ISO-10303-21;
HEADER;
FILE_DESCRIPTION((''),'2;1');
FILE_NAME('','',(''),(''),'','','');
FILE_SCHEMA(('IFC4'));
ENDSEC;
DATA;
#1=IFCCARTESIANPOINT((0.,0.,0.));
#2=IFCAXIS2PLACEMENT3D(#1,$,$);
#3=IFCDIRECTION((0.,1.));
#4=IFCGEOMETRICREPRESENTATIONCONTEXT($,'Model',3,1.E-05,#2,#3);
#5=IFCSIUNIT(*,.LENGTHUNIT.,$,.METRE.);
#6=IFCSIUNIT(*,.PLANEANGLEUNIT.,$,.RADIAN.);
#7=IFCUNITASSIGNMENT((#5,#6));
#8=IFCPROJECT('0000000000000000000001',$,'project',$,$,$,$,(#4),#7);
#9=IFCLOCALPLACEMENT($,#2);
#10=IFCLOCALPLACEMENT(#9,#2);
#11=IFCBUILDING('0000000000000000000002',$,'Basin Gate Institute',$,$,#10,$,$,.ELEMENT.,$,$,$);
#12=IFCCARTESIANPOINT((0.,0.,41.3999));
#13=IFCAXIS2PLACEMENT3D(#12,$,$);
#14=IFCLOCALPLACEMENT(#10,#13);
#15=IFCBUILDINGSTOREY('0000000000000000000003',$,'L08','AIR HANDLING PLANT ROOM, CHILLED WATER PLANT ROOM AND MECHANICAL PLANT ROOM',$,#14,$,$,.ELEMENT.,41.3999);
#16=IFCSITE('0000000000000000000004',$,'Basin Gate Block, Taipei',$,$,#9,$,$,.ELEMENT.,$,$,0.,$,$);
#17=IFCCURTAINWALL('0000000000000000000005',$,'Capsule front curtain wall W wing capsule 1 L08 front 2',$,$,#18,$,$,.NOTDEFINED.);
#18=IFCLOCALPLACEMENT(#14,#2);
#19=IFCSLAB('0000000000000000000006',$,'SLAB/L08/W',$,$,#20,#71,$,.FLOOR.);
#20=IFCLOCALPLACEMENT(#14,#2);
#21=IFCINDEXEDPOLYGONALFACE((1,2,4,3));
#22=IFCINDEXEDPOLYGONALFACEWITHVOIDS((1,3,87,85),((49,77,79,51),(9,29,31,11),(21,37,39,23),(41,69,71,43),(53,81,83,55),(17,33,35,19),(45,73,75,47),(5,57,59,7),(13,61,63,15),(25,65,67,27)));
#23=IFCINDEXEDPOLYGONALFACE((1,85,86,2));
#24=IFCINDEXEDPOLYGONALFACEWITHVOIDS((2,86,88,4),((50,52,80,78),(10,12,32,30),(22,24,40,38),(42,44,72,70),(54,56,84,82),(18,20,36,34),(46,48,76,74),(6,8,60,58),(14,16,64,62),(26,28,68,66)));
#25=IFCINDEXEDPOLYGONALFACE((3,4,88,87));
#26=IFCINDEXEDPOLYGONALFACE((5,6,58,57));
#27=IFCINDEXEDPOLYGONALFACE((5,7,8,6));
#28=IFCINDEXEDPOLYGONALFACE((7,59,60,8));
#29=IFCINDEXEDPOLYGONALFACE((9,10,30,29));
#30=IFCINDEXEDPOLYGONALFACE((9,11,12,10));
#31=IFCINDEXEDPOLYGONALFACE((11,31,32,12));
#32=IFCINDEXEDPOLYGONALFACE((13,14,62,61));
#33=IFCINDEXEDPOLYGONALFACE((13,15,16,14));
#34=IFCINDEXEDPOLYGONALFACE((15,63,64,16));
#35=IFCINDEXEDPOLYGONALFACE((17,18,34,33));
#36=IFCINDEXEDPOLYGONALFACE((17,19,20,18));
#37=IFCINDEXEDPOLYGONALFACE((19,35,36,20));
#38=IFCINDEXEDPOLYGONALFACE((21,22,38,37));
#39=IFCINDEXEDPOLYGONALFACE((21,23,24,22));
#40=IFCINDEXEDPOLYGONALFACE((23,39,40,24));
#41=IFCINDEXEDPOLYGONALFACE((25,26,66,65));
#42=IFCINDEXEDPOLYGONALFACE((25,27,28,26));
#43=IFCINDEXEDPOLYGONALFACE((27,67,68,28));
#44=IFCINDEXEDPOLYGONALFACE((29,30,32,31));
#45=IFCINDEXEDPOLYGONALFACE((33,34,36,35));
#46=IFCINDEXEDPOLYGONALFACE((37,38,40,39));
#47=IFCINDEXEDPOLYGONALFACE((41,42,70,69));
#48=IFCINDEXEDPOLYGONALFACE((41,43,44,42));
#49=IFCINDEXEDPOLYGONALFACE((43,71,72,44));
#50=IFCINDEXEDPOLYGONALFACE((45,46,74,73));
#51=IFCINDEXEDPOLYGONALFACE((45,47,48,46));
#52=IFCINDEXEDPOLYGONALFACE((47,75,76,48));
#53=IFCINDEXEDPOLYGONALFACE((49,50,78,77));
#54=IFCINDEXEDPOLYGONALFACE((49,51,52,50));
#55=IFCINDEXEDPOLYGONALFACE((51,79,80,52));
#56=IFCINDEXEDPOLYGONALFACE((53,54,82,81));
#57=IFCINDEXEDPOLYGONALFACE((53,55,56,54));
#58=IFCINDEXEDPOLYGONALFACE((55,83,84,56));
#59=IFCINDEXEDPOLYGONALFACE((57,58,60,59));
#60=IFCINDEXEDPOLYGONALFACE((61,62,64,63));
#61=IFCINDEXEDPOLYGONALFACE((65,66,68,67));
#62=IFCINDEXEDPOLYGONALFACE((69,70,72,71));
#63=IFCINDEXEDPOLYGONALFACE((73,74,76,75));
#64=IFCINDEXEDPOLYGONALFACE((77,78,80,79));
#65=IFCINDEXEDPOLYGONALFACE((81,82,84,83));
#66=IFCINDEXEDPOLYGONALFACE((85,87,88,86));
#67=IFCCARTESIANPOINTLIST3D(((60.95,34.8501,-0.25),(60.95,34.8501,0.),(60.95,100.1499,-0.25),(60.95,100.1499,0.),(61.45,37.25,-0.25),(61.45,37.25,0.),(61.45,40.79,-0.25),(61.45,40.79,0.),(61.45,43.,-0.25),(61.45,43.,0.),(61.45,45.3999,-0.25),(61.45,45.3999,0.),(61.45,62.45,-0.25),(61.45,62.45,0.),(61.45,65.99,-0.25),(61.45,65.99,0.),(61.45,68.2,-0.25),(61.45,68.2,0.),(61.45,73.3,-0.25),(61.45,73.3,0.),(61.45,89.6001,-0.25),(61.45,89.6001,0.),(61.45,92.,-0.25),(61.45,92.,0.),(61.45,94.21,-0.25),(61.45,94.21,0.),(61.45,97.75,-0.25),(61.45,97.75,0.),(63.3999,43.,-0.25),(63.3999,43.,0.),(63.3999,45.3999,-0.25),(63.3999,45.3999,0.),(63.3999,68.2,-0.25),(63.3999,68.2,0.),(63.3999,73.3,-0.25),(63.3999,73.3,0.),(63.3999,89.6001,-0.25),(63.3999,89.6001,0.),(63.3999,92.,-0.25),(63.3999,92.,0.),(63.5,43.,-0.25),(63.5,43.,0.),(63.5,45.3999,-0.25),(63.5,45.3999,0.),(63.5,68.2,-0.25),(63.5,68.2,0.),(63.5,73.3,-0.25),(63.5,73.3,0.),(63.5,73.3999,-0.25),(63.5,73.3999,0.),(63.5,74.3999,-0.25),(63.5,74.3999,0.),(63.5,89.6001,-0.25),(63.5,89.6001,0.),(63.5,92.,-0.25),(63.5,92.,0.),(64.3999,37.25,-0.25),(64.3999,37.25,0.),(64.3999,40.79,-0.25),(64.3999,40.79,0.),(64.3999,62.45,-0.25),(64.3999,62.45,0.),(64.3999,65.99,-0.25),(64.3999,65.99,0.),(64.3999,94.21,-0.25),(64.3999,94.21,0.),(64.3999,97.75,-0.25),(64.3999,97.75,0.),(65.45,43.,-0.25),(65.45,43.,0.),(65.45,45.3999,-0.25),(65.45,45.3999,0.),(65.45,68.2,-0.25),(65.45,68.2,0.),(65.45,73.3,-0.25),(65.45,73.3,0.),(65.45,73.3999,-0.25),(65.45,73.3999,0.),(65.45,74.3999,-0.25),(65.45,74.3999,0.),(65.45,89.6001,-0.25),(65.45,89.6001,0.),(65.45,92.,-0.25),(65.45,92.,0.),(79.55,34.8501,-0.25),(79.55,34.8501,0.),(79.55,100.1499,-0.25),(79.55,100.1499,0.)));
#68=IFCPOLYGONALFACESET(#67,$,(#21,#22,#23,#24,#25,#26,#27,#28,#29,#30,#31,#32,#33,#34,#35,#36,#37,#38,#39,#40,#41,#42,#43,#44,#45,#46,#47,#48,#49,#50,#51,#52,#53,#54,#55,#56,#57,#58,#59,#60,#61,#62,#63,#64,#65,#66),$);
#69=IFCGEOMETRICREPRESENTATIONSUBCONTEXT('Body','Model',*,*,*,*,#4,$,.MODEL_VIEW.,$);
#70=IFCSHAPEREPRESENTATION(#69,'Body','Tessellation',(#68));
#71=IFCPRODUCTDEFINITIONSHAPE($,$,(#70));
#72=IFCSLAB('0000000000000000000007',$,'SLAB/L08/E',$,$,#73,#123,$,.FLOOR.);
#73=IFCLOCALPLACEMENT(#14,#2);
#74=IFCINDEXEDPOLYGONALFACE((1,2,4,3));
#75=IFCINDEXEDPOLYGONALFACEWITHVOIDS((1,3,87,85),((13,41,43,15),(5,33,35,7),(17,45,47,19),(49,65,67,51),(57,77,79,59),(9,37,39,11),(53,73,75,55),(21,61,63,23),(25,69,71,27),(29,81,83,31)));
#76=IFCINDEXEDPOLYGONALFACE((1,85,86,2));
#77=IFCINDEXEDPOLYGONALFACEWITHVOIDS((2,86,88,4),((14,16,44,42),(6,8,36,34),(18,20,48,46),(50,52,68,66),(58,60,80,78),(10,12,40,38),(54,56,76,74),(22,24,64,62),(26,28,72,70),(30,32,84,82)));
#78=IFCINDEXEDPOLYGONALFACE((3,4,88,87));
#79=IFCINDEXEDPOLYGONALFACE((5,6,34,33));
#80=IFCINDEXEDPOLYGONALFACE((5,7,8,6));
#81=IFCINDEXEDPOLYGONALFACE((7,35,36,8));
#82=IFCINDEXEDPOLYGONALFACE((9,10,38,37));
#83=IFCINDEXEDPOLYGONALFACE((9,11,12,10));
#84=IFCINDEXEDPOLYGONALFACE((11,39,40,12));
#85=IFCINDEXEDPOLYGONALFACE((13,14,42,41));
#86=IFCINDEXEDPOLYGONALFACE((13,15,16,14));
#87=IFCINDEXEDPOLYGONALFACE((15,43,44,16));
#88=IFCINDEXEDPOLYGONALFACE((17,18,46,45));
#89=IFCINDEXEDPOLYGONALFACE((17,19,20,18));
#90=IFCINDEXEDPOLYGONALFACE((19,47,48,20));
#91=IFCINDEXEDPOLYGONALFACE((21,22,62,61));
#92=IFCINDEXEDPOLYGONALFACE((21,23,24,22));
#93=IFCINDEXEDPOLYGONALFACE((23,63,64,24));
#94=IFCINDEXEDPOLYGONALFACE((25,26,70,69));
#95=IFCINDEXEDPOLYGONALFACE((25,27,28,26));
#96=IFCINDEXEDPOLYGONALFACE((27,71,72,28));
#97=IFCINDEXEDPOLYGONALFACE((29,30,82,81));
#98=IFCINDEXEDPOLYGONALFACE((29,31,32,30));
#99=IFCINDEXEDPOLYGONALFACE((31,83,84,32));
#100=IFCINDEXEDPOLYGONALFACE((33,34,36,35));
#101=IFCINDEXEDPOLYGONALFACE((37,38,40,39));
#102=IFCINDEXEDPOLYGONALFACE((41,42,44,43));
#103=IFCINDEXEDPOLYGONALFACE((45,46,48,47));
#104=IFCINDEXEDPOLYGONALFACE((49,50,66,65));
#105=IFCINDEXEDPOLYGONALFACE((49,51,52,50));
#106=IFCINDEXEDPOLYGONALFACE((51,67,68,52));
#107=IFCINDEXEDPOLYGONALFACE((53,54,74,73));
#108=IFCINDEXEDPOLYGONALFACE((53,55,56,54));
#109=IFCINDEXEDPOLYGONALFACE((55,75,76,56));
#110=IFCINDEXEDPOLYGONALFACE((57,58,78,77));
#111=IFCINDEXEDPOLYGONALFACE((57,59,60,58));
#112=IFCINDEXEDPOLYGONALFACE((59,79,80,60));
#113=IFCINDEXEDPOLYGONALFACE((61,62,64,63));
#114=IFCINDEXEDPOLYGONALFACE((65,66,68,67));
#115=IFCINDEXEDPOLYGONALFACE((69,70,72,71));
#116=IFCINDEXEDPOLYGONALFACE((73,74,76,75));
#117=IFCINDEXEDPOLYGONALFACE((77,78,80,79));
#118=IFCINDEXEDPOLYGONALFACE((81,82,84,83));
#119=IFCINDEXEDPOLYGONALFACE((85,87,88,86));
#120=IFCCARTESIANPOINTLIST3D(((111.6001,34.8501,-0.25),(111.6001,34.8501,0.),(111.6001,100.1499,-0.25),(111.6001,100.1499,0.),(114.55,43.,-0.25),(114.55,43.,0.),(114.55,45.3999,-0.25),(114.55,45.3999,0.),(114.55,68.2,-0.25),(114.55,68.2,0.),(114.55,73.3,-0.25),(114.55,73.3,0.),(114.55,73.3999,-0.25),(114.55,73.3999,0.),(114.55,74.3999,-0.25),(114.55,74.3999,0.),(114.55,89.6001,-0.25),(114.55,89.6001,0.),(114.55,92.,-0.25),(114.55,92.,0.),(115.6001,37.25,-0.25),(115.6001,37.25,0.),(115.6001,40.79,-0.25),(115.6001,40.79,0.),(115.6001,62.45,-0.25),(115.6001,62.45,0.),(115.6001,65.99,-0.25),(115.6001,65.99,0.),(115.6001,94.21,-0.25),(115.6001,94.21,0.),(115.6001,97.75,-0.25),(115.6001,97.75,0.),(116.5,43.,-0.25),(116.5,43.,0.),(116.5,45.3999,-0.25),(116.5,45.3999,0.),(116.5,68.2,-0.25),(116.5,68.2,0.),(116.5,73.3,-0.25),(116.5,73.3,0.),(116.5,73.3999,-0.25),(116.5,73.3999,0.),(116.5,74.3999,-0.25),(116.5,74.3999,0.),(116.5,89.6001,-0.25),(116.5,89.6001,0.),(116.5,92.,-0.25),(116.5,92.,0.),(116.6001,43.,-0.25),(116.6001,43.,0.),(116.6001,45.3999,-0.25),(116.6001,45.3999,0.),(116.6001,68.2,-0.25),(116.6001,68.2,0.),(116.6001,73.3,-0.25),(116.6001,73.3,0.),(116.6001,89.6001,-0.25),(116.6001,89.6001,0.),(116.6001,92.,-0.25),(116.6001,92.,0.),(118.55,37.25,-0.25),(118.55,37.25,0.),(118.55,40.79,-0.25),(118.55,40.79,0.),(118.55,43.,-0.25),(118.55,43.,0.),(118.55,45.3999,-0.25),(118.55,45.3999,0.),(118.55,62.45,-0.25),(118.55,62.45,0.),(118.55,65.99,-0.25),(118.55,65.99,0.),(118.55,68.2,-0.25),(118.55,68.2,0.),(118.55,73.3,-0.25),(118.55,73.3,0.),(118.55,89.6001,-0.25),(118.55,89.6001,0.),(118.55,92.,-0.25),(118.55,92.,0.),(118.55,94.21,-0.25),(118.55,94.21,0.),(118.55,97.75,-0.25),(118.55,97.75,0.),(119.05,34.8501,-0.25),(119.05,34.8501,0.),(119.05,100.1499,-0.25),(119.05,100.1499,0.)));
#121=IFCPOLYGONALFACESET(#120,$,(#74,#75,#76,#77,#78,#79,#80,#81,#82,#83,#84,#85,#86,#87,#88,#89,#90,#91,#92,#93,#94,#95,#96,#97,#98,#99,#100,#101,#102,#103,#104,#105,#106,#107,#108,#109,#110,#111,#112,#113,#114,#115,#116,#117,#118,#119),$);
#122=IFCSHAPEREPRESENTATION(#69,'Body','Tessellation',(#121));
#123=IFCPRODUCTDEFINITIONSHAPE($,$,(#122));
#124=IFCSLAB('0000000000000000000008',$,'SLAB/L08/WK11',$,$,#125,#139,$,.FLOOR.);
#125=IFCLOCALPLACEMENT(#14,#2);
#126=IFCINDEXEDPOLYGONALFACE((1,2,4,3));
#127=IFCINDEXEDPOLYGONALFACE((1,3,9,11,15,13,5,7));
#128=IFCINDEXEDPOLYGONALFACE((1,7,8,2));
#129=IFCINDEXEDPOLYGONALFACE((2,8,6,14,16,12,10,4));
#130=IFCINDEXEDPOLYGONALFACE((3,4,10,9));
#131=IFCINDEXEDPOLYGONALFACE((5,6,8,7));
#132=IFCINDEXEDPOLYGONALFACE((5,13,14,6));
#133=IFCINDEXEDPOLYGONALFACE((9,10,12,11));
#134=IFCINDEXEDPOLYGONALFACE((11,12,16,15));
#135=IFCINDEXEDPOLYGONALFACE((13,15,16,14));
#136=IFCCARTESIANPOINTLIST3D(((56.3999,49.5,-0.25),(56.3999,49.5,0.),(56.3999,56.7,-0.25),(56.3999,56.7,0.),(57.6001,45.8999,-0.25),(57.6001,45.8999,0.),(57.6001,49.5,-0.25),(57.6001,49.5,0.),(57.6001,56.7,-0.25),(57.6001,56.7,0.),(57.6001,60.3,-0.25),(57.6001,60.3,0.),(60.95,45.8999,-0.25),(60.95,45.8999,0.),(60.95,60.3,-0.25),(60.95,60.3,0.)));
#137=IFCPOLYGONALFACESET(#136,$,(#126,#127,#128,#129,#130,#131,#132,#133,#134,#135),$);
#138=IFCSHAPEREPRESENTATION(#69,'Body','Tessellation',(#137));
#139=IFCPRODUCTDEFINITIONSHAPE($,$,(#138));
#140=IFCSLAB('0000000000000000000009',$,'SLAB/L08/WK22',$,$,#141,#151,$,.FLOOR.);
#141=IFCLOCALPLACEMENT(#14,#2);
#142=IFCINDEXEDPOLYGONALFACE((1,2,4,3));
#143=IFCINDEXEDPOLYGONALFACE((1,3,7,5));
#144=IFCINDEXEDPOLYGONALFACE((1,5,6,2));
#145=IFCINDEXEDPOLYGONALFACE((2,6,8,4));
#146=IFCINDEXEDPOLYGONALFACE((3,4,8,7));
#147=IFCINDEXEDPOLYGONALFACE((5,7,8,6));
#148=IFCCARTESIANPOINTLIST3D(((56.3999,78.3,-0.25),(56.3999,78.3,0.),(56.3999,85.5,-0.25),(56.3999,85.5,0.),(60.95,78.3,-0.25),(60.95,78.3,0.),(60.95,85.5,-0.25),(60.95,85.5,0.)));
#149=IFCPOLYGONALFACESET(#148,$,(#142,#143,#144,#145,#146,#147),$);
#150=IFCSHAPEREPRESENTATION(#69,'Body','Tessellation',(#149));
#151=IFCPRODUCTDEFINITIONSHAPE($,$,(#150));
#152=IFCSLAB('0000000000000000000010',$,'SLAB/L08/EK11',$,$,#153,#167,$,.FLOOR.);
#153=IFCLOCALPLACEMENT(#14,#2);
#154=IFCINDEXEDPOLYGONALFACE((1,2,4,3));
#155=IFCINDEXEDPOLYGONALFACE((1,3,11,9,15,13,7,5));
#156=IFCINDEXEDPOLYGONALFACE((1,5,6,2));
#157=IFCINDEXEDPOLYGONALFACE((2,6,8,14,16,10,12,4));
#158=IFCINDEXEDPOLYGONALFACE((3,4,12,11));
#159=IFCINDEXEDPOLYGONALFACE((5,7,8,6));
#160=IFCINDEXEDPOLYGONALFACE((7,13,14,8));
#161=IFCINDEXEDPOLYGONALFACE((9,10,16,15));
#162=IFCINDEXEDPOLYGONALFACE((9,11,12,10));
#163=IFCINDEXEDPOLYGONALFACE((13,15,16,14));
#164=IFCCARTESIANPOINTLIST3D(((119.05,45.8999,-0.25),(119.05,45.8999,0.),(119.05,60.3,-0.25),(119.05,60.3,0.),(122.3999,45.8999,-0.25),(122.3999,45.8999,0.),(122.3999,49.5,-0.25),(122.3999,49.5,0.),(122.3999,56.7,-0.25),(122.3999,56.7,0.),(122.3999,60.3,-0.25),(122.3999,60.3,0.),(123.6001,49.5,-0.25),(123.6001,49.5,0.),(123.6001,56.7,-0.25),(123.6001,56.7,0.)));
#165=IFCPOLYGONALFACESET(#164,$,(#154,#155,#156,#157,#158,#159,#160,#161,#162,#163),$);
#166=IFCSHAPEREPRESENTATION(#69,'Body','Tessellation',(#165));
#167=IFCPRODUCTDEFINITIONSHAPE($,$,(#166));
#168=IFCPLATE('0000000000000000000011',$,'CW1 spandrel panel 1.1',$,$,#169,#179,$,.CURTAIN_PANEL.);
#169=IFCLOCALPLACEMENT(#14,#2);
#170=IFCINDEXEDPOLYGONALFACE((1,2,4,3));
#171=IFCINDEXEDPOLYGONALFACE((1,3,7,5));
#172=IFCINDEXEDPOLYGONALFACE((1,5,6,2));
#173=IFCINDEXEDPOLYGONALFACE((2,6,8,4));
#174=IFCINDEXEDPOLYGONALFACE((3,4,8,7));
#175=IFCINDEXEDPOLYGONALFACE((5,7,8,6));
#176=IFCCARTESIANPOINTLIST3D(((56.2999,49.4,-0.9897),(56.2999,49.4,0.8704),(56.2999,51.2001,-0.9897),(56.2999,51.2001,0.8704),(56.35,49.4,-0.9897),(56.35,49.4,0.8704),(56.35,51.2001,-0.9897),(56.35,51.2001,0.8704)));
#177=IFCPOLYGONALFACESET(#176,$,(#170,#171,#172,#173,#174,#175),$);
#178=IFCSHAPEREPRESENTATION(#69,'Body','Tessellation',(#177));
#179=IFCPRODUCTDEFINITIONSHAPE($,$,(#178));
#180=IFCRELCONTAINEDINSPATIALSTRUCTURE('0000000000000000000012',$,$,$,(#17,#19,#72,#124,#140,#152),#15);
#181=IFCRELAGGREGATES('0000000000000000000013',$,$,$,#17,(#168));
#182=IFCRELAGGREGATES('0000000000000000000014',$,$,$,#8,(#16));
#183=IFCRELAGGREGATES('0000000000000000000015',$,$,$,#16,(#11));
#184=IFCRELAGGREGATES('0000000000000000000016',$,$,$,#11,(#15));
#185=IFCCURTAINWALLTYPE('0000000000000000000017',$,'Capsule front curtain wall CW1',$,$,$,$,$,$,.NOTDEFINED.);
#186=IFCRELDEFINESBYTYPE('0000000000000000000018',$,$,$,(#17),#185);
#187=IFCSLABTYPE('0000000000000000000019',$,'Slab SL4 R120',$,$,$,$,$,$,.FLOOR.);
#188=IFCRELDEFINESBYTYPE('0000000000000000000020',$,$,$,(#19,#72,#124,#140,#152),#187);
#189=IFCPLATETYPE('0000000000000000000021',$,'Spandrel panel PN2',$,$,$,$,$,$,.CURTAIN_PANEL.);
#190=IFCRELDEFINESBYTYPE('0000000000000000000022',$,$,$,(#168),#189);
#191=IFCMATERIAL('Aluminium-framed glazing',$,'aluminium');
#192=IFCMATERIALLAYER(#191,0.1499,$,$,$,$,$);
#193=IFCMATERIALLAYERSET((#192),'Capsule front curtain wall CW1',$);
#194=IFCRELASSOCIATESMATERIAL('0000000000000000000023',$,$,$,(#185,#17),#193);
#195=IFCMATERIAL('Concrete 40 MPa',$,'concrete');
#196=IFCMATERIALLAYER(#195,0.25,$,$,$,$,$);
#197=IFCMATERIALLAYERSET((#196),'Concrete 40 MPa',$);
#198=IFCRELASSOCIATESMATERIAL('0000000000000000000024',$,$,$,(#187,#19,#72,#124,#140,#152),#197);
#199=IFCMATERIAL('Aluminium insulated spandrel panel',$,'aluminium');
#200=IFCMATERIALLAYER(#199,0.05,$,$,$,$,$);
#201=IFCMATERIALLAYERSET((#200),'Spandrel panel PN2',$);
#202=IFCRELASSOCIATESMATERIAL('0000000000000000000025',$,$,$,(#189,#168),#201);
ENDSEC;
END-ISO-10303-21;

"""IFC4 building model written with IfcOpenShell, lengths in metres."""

from ifc_helpers import new_model, si_unit, direction, frame, origin, origin_2d, place, context, subcontext, project, spatial, polyline, rectangle, outline, extrude, material, layer, layer_set, type_object, element, aggregate, save


model = new_model("IFC4")

# Units and contexts
model_context = context("Model", 3, precision=1e-05, world=origin(), true_north=direction((0.0, 1.0)))
body_context = subcontext(model_context, "Body", "Model", "MODEL_VIEW")
ifc_project = project(units=[si_unit("LENGTHUNIT", "METRE"), si_unit("PLANEANGLEUNIT", "RADIAN")], contexts=[model_context])

# Site, building, storey
site_placement = place(None, origin())
site = spatial("IfcSite", under=ifc_project, at=site_placement, Name="Basin Gate Block, Taipei", CompositionType="ELEMENT", RefElevation=0.0)
building_placement = place(site_placement, origin())
building = spatial("IfcBuilding", under=site, at=building_placement, Name="Basin Gate Institute", CompositionType="ELEMENT")
storey_placement = place(building_placement, frame((0.0, 0.0, 41.3999)))
storey = spatial("IfcBuildingStorey", under=building, at=storey_placement, Name="L08", Description="AIR HANDLING PLANT ROOM, CHILLED WATER PLANT ROOM AND MECHANICAL PLANT ROOM", CompositionType="ELEMENT", Elevation=41.3999)

# Curtain wall
ifc_material_1 = material(Name="Aluminium-framed glazing", Category="aluminium")
ifc_layer_1 = layer(ifc_material_1, 0.1499)
ifc_layer_set_1 = layer_set([ifc_layer_1], Name="Capsule front curtain wall CW1")
curtain_wall_type = type_object("IfcCurtainWallType", Name="Capsule front curtain wall CW1", PredefinedType="NOTDEFINED", material=ifc_layer_set_1)
curtain_wall_placement = place(storey_placement, origin())
curtain_wall = element("IfcCurtainWall", 1, at=curtain_wall_placement, inside=storey, type_object=curtain_wall_type, material=ifc_layer_set_1, Name="Capsule front curtain wall W wing capsule 1 L08 front 2", PredefinedType="NOTDEFINED")

# Slabs
ifc_material_2 = material(Name="Concrete 40 MPa", Category="concrete")
ifc_layer_2 = layer(ifc_material_2, 0.25)
ifc_layer_set_2 = layer_set([ifc_layer_2], Name="Concrete 40 MPa")
slab_type_1 = type_object("IfcSlabType", Name="Slab SL4 R120", PredefinedType="FLOOR", material=ifc_layer_set_2)
slab_1_placement = place(storey_placement, frame((0.0, 0.0, -0.25)))
element("IfcSlab", 2, at=slab_1_placement, inside=storey, type_object=slab_type_1, material=ifc_layer_set_2, Name="SLAB/L08/W", PredefinedType="FLOOR", context=body_context, shape_type="SweptSolid", body=[
    extrude(outline(polyline([(60.95, 34.8501), (79.55, 34.8501), (79.55, 100.1499), (60.95, 100.1499), (60.95, 34.8501)]), holes=[polyline([(61.45, 37.25), (64.3999, 37.25), (64.3999, 40.79), (61.45, 40.79), (61.45, 37.25)]), polyline([(61.45, 62.45), (64.3999, 62.45), (64.3999, 65.99), (61.45, 65.99), (61.45, 62.45)]), polyline([(61.45, 94.21), (64.3999, 94.21), (64.3999, 97.75), (61.45, 97.75), (61.45, 94.21)]), polyline([(61.45, 43.0), (63.3999, 43.0), (63.3999, 45.3999), (61.45, 45.3999), (61.45, 43.0)]), polyline([(61.45, 68.2), (63.3999, 68.2), (63.3999, 73.3), (61.45, 73.3), (61.45, 68.2)]), polyline([(63.5, 73.3999), (65.45, 73.3999), (65.45, 74.3999), (63.5, 74.3999), (63.5, 73.3999)]), polyline([(61.45, 89.6001), (63.3999, 89.6001), (63.3999, 92.0), (61.45, 92.0), (61.45, 89.6001)]), polyline([(63.5, 43.0), (65.45, 43.0), (65.45, 45.3999), (63.5, 45.3999), (63.5, 43.0)]), polyline([(65.45, 68.2), (63.5, 68.2), (63.5, 73.3), (65.45, 73.3), (65.45, 68.2)]), polyline([(63.5, 89.6001), (65.45, 89.6001), (65.45, 92.0), (63.5, 92.0), (63.5, 89.6001)])]), origin(), (0.0, 0.0, 1.0), 0.25),
])
slab_2_placement = place(storey_placement, frame((0.0, 0.0, -0.25)))
element("IfcSlab", 3, at=slab_2_placement, inside=storey, type_object=slab_type_1, material=ifc_layer_set_2, Name="SLAB/L08/E", PredefinedType="FLOOR", context=body_context, shape_type="SweptSolid", body=[
    extrude(outline(polyline([(119.05, 100.1499), (111.6001, 100.1499), (111.6001, 34.8501), (119.05, 34.8501), (119.05, 100.1499)]), holes=[polyline([(118.55, 40.79), (115.6001, 40.79), (115.6001, 37.25), (118.55, 37.25), (118.55, 40.79)]), polyline([(118.55, 65.99), (115.6001, 65.99), (115.6001, 62.45), (118.55, 62.45), (118.55, 65.99)]), polyline([(118.55, 97.75), (115.6001, 97.75), (115.6001, 94.21), (118.55, 94.21), (118.55, 97.75)]), polyline([(118.55, 45.3999), (116.6001, 45.3999), (116.6001, 43.0), (118.55, 43.0), (118.55, 45.3999)]), polyline([(118.55, 73.3), (116.6001, 73.3), (116.6001, 68.2), (118.55, 68.2), (118.55, 73.3)]), polyline([(116.5, 74.3999), (114.55, 74.3999), (114.55, 73.3999), (116.5, 73.3999), (116.5, 74.3999)]), polyline([(118.55, 92.0), (116.6001, 92.0), (116.6001, 89.6001), (118.55, 89.6001), (118.55, 92.0)]), polyline([(116.5, 45.3999), (114.55, 45.3999), (114.55, 43.0), (116.5, 43.0), (116.5, 45.3999)]), polyline([(116.5, 68.2), (114.55, 68.2), (114.55, 73.3), (116.5, 73.3), (116.5, 68.2)]), polyline([(116.5, 92.0), (114.55, 92.0), (114.55, 89.6001), (116.5, 89.6001), (116.5, 92.0)])]), origin(), (0.0, 0.0, 1.0), 0.25),
])
slab_3_placement = place(storey_placement, frame((0.0, 0.0, -0.25)))
element("IfcSlab", 4, at=slab_3_placement, inside=storey, type_object=slab_type_1, material=ifc_layer_set_2, Name="SLAB/L08/WK11", PredefinedType="FLOOR", context=body_context, shape_type="SweptSolid", body=[
    extrude(outline(polyline([(57.6001, 45.8999), (57.6001, 49.5), (56.3999, 49.5), (56.3999, 56.7), (57.6001, 56.7), (57.6001, 60.3), (60.95, 60.3), (60.95, 45.8999), (57.6001, 45.8999)])), origin(), (0.0, 0.0, 1.0), 0.25),
])
slab_4_placement = place(storey_placement, frame((0.0, 0.0, -0.25)))
element("IfcSlab", 5, at=slab_4_placement, inside=storey, type_object=slab_type_1, material=ifc_layer_set_2, Name="SLAB/L08/WK22", PredefinedType="FLOOR", context=body_context, shape_type="SweptSolid", body=[
    extrude(outline(polyline([(60.95, 78.3), (56.3999, 78.3), (56.3999, 85.5), (60.95, 85.5), (60.95, 78.3)])), origin(), (0.0, 0.0, 1.0), 0.25),
])
slab_5_placement = place(storey_placement, frame((0.0, 0.0, -0.25)))
element("IfcSlab", 6, at=slab_5_placement, inside=storey, type_object=slab_type_1, material=ifc_layer_set_2, Name="SLAB/L08/EK11", PredefinedType="FLOOR", context=body_context, shape_type="SweptSolid", body=[
    extrude(outline(polyline([(119.05, 45.8999), (119.05, 60.3), (122.3999, 60.3), (122.3999, 56.7), (123.6001, 56.7), (123.6001, 49.5), (122.3999, 49.5), (122.3999, 45.8999), (119.05, 45.8999)])), origin(), (0.0, 0.0, 1.0), 0.25),
])

# Plate
ifc_material_3 = material(Name="Aluminium insulated spandrel panel", Category="aluminium")
ifc_layer_3 = layer(ifc_material_3, 0.05)
ifc_layer_set_3 = layer_set([ifc_layer_3], Name="Spandrel panel PN2")
plate_type_1 = type_object("IfcPlateType", Name="Spandrel panel PN2", PredefinedType="CURTAIN_PANEL", material=ifc_layer_set_3)
plate_1_placement = place(storey_placement, frame((56.325, 50.3, -0.9897), z_axis=(0.0, 0.0, 1.0), x_axis=(0.0, 1.0, 0.0)))
plate_1 = element("IfcPlate", 7, at=plate_1_placement, type_object=plate_type_1, material=ifc_layer_set_3, Name="CW1 spandrel panel 1.1", PredefinedType="CURTAIN_PANEL", context=body_context, shape_type="SweptSolid", body=[
    extrude(rectangle(XDim=1.8, YDim=0.05, at=origin_2d()), origin(), (0.0, 0.0, 1.0), 1.8601),
])

aggregate(curtain_wall, [plate_1])

save(model, "model.ifc")
